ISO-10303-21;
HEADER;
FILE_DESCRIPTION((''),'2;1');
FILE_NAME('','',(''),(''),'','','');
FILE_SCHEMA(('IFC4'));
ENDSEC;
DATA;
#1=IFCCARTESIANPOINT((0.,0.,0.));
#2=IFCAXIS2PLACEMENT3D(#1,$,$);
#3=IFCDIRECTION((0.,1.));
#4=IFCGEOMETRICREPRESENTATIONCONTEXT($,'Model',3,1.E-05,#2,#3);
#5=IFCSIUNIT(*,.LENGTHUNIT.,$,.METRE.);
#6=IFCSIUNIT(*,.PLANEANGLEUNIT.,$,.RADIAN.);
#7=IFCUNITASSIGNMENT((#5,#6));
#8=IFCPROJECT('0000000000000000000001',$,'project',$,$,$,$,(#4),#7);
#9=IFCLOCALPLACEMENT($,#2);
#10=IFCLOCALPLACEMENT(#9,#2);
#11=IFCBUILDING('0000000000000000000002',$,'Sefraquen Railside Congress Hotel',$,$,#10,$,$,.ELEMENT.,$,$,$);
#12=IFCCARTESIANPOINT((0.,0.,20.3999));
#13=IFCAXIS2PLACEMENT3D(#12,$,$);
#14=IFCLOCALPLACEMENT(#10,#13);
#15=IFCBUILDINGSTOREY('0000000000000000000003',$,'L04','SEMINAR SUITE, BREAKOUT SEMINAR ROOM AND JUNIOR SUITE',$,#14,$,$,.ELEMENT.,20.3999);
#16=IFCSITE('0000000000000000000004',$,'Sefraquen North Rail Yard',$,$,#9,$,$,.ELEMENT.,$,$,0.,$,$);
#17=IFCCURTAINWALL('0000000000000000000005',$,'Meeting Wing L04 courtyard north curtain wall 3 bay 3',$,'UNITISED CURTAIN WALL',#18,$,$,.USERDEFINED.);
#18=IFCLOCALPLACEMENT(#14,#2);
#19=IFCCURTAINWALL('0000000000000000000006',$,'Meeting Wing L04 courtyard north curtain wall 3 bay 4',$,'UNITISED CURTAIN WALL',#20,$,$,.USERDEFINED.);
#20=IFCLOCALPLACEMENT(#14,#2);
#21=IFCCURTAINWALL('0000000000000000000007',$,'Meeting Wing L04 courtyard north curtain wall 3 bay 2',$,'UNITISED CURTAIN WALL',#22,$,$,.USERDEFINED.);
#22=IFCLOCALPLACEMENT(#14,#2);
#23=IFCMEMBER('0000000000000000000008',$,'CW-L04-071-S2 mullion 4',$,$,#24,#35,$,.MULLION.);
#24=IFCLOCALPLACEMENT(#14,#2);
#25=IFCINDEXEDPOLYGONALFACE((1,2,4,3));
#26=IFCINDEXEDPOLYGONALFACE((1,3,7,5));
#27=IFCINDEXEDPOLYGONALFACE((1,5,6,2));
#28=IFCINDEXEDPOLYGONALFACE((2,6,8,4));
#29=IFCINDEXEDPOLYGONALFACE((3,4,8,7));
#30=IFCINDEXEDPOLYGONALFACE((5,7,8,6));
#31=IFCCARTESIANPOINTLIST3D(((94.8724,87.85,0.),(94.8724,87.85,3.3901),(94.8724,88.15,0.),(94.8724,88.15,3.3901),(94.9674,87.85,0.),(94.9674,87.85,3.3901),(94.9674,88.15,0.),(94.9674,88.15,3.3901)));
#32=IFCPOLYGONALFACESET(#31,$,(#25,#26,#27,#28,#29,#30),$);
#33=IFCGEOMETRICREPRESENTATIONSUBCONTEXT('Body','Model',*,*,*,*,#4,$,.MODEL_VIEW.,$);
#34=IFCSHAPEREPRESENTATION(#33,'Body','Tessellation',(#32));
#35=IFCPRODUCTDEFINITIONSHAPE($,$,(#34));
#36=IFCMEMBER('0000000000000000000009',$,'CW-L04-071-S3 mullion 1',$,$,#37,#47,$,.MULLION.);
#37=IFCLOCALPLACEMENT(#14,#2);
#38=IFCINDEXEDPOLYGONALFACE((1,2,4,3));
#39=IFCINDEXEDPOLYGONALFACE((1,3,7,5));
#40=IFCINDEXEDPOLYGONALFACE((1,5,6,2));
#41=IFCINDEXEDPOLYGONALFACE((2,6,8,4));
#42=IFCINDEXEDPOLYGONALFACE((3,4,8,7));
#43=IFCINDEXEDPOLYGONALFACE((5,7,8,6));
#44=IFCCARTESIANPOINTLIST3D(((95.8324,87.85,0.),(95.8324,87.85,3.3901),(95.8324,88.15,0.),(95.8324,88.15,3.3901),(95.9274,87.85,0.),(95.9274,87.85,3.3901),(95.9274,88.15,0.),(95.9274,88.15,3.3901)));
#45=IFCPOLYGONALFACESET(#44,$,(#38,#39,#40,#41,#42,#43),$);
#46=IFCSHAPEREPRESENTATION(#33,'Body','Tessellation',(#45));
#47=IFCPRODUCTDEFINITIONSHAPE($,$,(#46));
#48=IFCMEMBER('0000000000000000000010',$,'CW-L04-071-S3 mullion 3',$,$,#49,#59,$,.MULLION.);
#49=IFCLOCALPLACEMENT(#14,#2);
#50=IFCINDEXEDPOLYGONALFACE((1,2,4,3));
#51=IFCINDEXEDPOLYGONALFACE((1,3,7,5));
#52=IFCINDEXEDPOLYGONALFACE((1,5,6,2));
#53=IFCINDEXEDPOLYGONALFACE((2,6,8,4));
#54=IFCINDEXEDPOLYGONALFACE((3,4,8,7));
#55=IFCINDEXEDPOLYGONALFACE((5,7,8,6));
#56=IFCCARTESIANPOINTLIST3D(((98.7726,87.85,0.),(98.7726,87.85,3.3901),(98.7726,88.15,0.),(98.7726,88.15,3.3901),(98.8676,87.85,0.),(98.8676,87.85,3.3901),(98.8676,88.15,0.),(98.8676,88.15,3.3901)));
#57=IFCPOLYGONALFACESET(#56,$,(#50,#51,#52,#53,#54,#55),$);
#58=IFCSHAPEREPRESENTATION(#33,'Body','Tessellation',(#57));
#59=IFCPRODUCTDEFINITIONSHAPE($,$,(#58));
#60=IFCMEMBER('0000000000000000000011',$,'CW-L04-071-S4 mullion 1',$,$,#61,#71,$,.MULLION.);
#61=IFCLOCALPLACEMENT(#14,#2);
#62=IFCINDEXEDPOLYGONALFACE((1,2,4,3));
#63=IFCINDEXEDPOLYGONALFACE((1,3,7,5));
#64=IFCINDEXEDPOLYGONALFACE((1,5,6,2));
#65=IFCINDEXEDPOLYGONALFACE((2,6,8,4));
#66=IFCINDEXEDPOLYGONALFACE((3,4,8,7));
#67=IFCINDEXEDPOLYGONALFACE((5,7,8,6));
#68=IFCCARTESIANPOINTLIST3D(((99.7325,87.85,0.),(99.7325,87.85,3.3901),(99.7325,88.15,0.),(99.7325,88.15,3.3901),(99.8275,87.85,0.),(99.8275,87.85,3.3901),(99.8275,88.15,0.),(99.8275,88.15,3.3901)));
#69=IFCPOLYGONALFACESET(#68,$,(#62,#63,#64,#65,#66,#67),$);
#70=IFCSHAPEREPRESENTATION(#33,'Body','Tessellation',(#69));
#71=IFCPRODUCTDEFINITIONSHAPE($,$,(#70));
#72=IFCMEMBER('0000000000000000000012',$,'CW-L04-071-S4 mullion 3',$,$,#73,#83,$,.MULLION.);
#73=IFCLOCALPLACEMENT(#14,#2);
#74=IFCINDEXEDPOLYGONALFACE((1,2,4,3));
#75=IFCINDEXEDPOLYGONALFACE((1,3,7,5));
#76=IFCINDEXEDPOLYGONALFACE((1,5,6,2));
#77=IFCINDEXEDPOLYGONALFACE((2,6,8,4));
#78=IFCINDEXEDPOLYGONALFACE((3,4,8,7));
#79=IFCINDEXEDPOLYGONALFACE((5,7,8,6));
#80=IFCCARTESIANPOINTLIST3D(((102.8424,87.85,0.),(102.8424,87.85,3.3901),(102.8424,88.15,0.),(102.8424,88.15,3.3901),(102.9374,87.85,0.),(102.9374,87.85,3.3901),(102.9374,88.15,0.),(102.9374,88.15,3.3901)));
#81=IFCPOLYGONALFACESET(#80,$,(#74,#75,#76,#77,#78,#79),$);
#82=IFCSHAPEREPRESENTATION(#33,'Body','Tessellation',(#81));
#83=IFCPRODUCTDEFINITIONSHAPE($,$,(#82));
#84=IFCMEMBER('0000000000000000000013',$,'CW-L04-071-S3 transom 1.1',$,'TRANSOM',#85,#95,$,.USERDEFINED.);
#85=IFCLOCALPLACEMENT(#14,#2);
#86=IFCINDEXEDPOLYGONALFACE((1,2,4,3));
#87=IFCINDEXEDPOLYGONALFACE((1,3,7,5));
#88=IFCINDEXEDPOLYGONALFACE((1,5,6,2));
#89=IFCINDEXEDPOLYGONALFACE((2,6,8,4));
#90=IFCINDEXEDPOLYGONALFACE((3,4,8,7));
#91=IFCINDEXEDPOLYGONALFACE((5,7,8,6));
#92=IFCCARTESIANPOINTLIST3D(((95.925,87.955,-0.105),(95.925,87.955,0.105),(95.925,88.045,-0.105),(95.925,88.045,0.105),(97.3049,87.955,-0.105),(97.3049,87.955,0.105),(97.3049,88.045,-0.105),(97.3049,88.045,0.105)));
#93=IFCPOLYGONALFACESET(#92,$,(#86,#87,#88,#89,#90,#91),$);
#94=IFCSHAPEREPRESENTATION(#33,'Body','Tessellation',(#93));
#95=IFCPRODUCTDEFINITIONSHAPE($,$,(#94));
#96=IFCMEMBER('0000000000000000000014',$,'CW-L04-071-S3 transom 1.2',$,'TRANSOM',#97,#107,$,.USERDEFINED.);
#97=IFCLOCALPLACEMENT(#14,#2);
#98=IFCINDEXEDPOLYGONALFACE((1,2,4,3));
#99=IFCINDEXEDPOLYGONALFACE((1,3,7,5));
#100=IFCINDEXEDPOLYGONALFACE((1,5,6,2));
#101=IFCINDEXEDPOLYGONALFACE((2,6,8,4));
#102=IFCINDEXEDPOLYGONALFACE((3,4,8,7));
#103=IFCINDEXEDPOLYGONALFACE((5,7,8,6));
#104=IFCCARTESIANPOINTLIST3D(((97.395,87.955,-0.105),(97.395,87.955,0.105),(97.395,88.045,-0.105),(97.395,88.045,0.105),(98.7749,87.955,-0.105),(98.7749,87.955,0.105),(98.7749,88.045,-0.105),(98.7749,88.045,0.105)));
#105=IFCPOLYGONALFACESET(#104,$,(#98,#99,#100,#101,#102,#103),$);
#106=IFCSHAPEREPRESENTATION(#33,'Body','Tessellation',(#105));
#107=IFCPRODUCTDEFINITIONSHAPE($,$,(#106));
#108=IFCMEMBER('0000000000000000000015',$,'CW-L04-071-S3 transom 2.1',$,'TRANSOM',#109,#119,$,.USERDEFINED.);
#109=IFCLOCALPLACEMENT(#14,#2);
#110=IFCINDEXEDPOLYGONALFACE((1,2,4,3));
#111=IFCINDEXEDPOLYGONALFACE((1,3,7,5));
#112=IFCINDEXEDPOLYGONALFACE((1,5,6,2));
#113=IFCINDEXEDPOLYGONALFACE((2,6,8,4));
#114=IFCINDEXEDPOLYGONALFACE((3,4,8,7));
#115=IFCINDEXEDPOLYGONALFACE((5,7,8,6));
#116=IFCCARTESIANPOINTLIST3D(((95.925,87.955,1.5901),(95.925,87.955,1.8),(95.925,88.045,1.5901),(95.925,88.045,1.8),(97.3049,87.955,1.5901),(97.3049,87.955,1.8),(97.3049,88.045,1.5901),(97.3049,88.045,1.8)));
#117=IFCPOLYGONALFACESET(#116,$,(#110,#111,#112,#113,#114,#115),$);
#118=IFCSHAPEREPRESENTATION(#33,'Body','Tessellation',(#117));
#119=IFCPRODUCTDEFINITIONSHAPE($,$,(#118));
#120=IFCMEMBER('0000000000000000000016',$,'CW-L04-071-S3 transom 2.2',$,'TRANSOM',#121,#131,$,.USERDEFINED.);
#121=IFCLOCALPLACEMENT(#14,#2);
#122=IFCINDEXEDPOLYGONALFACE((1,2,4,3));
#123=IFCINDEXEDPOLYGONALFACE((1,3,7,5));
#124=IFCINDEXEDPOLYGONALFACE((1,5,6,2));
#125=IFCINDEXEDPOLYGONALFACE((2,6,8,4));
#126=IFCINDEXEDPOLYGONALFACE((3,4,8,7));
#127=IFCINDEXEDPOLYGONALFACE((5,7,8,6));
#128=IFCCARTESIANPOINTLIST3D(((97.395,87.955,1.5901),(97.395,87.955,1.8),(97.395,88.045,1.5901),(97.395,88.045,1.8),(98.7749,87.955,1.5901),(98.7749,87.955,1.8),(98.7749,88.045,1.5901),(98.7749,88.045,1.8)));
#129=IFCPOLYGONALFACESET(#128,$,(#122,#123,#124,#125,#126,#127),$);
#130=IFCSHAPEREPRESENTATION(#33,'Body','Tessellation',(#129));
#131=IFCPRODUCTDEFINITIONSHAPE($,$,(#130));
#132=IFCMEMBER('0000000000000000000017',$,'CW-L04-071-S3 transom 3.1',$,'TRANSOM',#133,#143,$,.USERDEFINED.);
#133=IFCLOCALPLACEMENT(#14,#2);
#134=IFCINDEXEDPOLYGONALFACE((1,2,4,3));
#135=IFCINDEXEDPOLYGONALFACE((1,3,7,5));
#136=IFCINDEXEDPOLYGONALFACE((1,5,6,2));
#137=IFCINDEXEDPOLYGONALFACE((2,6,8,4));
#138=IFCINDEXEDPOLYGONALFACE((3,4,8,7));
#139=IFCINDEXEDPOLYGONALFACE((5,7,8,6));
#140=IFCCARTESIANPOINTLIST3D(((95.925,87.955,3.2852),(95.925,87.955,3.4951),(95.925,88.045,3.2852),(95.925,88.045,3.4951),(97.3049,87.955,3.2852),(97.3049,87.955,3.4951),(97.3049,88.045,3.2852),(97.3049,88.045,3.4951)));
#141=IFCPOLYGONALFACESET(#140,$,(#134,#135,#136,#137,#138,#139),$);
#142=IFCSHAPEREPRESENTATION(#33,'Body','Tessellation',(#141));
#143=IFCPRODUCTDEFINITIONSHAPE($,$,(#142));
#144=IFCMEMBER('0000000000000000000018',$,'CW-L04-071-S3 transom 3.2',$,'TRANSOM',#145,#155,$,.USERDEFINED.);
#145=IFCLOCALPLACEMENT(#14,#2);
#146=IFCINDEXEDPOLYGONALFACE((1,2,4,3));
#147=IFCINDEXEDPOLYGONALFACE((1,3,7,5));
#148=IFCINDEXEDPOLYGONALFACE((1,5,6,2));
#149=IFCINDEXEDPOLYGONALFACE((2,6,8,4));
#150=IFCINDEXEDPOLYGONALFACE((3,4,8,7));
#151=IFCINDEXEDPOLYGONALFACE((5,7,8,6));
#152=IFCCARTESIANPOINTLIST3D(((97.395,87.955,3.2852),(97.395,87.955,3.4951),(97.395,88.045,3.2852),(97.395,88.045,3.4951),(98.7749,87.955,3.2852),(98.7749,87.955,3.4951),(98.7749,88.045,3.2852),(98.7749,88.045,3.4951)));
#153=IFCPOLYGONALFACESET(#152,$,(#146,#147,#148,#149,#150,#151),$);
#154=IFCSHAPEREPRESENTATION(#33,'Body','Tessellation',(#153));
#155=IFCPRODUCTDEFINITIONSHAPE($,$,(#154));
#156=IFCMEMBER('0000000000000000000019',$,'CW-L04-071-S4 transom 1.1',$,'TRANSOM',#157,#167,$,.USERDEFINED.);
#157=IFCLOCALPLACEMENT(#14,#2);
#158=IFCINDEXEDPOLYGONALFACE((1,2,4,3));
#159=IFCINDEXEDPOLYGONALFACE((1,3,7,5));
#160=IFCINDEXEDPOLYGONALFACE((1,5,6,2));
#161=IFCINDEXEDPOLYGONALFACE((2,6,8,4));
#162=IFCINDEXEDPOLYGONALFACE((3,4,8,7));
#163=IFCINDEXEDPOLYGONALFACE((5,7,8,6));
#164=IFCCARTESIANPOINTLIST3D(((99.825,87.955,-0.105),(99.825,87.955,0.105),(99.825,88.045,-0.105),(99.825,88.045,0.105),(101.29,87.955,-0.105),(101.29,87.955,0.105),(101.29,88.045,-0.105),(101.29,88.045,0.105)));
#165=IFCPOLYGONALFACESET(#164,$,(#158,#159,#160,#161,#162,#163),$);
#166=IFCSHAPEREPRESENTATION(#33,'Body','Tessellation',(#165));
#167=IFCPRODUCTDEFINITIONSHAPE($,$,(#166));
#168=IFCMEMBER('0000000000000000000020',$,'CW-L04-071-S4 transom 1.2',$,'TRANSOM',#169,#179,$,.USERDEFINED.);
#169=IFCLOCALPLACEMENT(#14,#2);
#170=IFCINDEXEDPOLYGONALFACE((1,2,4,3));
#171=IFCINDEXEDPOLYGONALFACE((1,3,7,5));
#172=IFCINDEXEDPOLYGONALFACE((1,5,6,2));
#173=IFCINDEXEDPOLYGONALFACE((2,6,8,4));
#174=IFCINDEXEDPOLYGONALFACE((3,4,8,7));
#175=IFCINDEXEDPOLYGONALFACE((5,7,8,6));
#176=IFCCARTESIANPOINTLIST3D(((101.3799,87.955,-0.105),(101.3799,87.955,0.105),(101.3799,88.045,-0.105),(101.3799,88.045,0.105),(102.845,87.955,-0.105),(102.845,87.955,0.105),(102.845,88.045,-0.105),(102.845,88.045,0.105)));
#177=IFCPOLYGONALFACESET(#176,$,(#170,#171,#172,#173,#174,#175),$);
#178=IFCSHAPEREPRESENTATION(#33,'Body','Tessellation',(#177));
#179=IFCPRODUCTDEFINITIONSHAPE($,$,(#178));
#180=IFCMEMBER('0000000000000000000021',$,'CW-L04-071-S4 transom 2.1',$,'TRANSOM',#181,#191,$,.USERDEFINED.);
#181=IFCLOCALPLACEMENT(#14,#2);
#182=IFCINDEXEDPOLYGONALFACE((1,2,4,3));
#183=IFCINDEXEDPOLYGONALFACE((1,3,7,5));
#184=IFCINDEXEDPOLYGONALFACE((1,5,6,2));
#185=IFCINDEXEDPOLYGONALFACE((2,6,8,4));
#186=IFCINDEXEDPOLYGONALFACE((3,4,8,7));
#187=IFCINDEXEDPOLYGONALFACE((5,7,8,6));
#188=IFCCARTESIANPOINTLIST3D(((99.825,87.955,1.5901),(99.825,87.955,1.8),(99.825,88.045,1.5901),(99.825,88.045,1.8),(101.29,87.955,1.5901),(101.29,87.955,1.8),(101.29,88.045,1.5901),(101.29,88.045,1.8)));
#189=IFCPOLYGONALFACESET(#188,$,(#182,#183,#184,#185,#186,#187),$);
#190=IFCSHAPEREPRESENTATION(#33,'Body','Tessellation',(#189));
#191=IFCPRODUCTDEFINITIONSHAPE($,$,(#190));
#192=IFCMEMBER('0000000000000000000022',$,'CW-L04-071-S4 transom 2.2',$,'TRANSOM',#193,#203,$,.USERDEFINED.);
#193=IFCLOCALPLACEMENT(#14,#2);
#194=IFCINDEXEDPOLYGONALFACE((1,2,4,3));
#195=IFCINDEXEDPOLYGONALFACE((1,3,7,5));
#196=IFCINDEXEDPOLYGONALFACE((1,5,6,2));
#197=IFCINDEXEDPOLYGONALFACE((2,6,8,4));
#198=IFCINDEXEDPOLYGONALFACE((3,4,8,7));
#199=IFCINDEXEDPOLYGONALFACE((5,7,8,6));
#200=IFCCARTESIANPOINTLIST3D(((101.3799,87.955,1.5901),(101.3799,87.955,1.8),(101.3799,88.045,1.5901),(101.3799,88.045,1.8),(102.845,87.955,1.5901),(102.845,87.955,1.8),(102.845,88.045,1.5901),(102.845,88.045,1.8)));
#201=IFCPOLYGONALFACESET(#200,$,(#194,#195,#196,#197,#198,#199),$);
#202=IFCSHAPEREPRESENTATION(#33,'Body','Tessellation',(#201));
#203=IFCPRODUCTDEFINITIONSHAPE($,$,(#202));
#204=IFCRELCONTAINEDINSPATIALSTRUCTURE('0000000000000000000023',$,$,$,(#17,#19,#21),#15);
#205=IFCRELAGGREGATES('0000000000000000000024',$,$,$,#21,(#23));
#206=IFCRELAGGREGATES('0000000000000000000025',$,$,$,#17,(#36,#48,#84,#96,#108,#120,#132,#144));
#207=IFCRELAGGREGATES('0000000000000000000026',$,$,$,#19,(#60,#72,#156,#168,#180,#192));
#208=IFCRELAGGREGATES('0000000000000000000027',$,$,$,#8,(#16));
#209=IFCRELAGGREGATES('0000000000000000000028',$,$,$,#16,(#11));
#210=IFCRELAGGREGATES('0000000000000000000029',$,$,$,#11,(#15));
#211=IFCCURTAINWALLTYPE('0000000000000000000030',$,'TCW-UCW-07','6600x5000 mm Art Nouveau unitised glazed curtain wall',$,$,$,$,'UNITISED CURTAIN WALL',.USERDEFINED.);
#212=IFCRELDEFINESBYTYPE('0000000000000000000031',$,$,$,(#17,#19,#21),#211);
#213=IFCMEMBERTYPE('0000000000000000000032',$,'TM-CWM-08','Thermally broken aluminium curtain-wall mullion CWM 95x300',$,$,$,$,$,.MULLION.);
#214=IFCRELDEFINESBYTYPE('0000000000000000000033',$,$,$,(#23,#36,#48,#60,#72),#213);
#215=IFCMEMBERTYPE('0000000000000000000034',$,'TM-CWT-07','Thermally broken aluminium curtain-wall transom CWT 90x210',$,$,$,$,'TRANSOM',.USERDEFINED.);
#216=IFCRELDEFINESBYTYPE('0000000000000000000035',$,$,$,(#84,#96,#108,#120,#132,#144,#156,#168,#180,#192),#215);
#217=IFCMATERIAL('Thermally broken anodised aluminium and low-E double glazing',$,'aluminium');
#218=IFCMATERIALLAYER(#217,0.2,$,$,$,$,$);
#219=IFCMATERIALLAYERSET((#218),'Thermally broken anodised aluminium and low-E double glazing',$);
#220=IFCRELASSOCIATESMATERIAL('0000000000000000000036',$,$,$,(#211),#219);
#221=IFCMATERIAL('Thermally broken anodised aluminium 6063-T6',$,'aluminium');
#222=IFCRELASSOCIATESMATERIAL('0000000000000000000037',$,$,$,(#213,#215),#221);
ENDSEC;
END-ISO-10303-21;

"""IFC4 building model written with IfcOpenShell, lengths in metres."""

from ifc_helpers import new_model, si_unit, direction, frame, origin, origin_2d, place, context, subcontext, project, spatial, rectangle, extrude, material, layer, layer_set, material_profile, profile_set, type_object, element, aggregate, save


model = new_model("IFC4")

# Units and contexts
model_context = context("Model", 3, precision=1e-05, world=origin(), true_north=direction((0.0, 1.0)))
body_context = subcontext(model_context, "Body", "Model", "MODEL_VIEW")
ifc_project = project(units=[si_unit("LENGTHUNIT", "METRE"), si_unit("PLANEANGLEUNIT", "RADIAN")], contexts=[model_context])

# Site, building, storey
site_placement = place(None, origin())
site = spatial("IfcSite", under=ifc_project, at=site_placement, Name="Sefraquen North Rail Yard", CompositionType="ELEMENT", RefElevation=0.0)
building_placement = place(site_placement, origin())
building = spatial("IfcBuilding", under=site, at=building_placement, Name="Sefraquen Railside Congress Hotel", CompositionType="ELEMENT")
storey_placement = place(building_placement, frame((0.0, 0.0, 20.3999)))
storey = spatial("IfcBuildingStorey", under=building, at=storey_placement, Name="L04", Description="SEMINAR SUITE, BREAKOUT SEMINAR ROOM AND JUNIOR SUITE", CompositionType="ELEMENT", Elevation=20.3999)

# Curtain walls, member
ifc_material_1 = material(Name="Thermally broken anodised aluminium and low-E double glazing", Category="aluminium")
ifc_layer_1 = layer(ifc_material_1, 0.2)
ifc_layer_set_1 = layer_set([ifc_layer_1], Name="Thermally broken anodised aluminium and low-E double glazing")
curtain_wall_type = type_object("IfcCurtainWallType", Name="TCW-UCW-07", Description="6600x5000 mm Art Nouveau unitised glazed curtain wall", ElementType="UNITISED CURTAIN WALL", PredefinedType="USERDEFINED", material=ifc_layer_set_1)
curtain_wall_1_placement = place(storey_placement, origin())
curtain_wall_1 = element("IfcCurtainWall", 1, at=curtain_wall_1_placement, inside=storey, type_object=curtain_wall_type, Name="Meeting Wing L04 courtyard north curtain wall 3 bay 3", ObjectType="UNITISED CURTAIN WALL", PredefinedType="USERDEFINED")
ifc_material_2 = material(Name="Thermally broken anodised aluminium 6063-T6", Category="aluminium")
curtain_wall_2_placement = place(storey_placement, origin())
curtain_wall_2 = element("IfcCurtainWall", 2, at=curtain_wall_2_placement, inside=storey, type_object=curtain_wall_type, Name="Meeting Wing L04 courtyard north curtain wall 3 bay 4", ObjectType="UNITISED CURTAIN WALL", PredefinedType="USERDEFINED")
curtain_wall_3_placement = place(storey_placement, origin())
curtain_wall_3 = element("IfcCurtainWall", 3, at=curtain_wall_3_placement, inside=storey, type_object=curtain_wall_type, Name="Meeting Wing L04 courtyard north curtain wall 3 bay 2", ObjectType="UNITISED CURTAIN WALL", PredefinedType="USERDEFINED")
ifc_material_profile_1 = material_profile(ifc_material_2, rectangle(XDim=0.095, YDim=0.3, at=origin_2d()), Name="CWM 95x300")
ifc_profile_set_1 = profile_set([ifc_material_profile_1], Name="Thermally broken anodised aluminium 6063-T6")
member_type_1 = type_object("IfcMemberType", Name="TM-CWM-08", Description="Thermally broken aluminium curtain-wall mullion CWM 95x300", PredefinedType="MULLION", material=ifc_profile_set_1)
member_1_placement = place(storey_placement, frame((94.9199, 88.0, 0.0), z_axis=(0.0, 0.0, 1.0), x_axis=(1.0, 0.0, 0.0)))
member_1 = element("IfcMember", 4, at=member_1_placement, type_object=member_type_1, Name="CW-L04-071-S2 mullion 4", PredefinedType="MULLION", context=body_context, shape_type="SweptSolid", body=[
    extrude(rectangle(XDim=0.095, YDim=0.3, at=origin_2d()), origin(), (0.0, 0.0, 1.0), 3.3901),
])
aggregate(curtain_wall_3, [member_1])

# Members
member_2_placement = place(storey_placement, frame((95.8799, 88.0, 0.0), z_axis=(0.0, 0.0, 1.0), x_axis=(1.0, 0.0, 0.0)))
member_2 = element("IfcMember", 5, at=member_2_placement, type_object=member_type_1, Name="CW-L04-071-S3 mullion 1", PredefinedType="MULLION", context=body_context, shape_type="SweptSolid", body=[
    extrude(rectangle(XDim=0.095, YDim=0.3, at=origin_2d()), origin(), (0.0, 0.0, 1.0), 3.3901),
])
member_3_placement = place(storey_placement, frame((98.8201, 88.0, 0.0), z_axis=(0.0, 0.0, 1.0), x_axis=(1.0, 0.0, 0.0)))
member_3 = element("IfcMember", 6, at=member_3_placement, type_object=member_type_1, Name="CW-L04-071-S3 mullion 3", PredefinedType="MULLION", context=body_context, shape_type="SweptSolid", body=[
    extrude(rectangle(XDim=0.095, YDim=0.3, at=origin_2d()), origin(), (0.0, 0.0, 1.0), 3.3901),
])
member_4_placement = place(storey_placement, frame((99.78, 88.0, 0.0), z_axis=(0.0, 0.0, 1.0), x_axis=(1.0, 0.0, 0.0)))
member_4 = element("IfcMember", 7, at=member_4_placement, type_object=member_type_1, Name="CW-L04-071-S4 mullion 1", PredefinedType="MULLION", context=body_context, shape_type="SweptSolid", body=[
    extrude(rectangle(XDim=0.095, YDim=0.3, at=origin_2d()), origin(), (0.0, 0.0, 1.0), 3.3901),
])
member_5_placement = place(storey_placement, frame((102.8899, 88.0, 0.0), z_axis=(0.0, 0.0, 1.0), x_axis=(1.0, 0.0, 0.0)))
member_5 = element("IfcMember", 8, at=member_5_placement, type_object=member_type_1, Name="CW-L04-071-S4 mullion 3", PredefinedType="MULLION", context=body_context, shape_type="SweptSolid", body=[
    extrude(rectangle(XDim=0.095, YDim=0.3, at=origin_2d()), origin(), (0.0, 0.0, 1.0), 3.3901),
])
ifc_material_profile_2 = material_profile(ifc_material_2, rectangle(XDim=0.0901, YDim=0.21, at=origin_2d()), Name="CWT 90x210")
ifc_profile_set_2 = profile_set([ifc_material_profile_2], Name="Thermally broken anodised aluminium 6063-T6")
member_type_2 = type_object("IfcMemberType", Name="TM-CWT-07", Description="Thermally broken aluminium curtain-wall transom CWT 90x210", ElementType="TRANSOM", PredefinedType="USERDEFINED", material=ifc_profile_set_2)
member_6_placement = place(storey_placement, frame((95.925, 88.0, 0.0), z_axis=(1.0, 0.0, 0.0), x_axis=(0.0, 1.0, 0.0)))
member_6 = element("IfcMember", 9, at=member_6_placement, type_object=member_type_2, Name="CW-L04-071-S3 transom 1.1", ObjectType="TRANSOM", PredefinedType="USERDEFINED", context=body_context, shape_type="SweptSolid", body=[
    extrude(rectangle(XDim=0.0901, YDim=0.21, at=origin_2d()), origin(), (0.0, 0.0, 1.0), 1.3799),
])
member_7_placement = place(storey_placement, frame((97.395, 88.0, 0.0), z_axis=(1.0, 0.0, 0.0), x_axis=(0.0, 1.0, 0.0)))
member_7 = element("IfcMember", 10, at=member_7_placement, type_object=member_type_2, Name="CW-L04-071-S3 transom 1.2", ObjectType="TRANSOM", PredefinedType="USERDEFINED", context=body_context, shape_type="SweptSolid", body=[
    extrude(rectangle(XDim=0.0901, YDim=0.21, at=origin_2d()), origin(), (0.0, 0.0, 1.0), 1.3799),
])
member_8_placement = place(storey_placement, frame((95.925, 88.0, 1.6951), z_axis=(1.0, 0.0, 0.0), x_axis=(0.0, 1.0, 0.0)))
member_8 = element("IfcMember", 11, at=member_8_placement, type_object=member_type_2, Name="CW-L04-071-S3 transom 2.1", ObjectType="TRANSOM", PredefinedType="USERDEFINED", context=body_context, shape_type="SweptSolid", body=[
    extrude(rectangle(XDim=0.0901, YDim=0.21, at=origin_2d()), origin(), (0.0, 0.0, 1.0), 1.3799),
])
member_9_placement = place(storey_placement, frame((97.395, 88.0, 1.6951), z_axis=(1.0, 0.0, 0.0), x_axis=(0.0, 1.0, 0.0)))
member_9 = element("IfcMember", 12, at=member_9_placement, type_object=member_type_2, Name="CW-L04-071-S3 transom 2.2", ObjectType="TRANSOM", PredefinedType="USERDEFINED", context=body_context, shape_type="SweptSolid", body=[
    extrude(rectangle(XDim=0.0901, YDim=0.21, at=origin_2d()), origin(), (0.0, 0.0, 1.0), 1.3799),
])
member_10_placement = place(storey_placement, frame((95.925, 88.0, 3.3901), z_axis=(1.0, 0.0, 0.0), x_axis=(0.0, 1.0, 0.0)))
member_10 = element("IfcMember", 13, at=member_10_placement, type_object=member_type_2, Name="CW-L04-071-S3 transom 3.1", ObjectType="TRANSOM", PredefinedType="USERDEFINED", context=body_context, shape_type="SweptSolid", body=[
    extrude(rectangle(XDim=0.0901, YDim=0.21, at=origin_2d()), origin(), (0.0, 0.0, 1.0), 1.3799),
])
member_11_placement = place(storey_placement, frame((97.395, 88.0, 3.3901), z_axis=(1.0, 0.0, 0.0), x_axis=(0.0, 1.0, 0.0)))
member_11 = element("IfcMember", 14, at=member_11_placement, type_object=member_type_2, Name="CW-L04-071-S3 transom 3.2", ObjectType="TRANSOM", PredefinedType="USERDEFINED", context=body_context, shape_type="SweptSolid", body=[
    extrude(rectangle(XDim=0.0901, YDim=0.21, at=origin_2d()), origin(), (0.0, 0.0, 1.0), 1.3799),
])
member_12_placement = place(storey_placement, frame((99.825, 88.0, 0.0), z_axis=(1.0, 0.0, 0.0), x_axis=(0.0, 1.0, 0.0)))
member_12 = element("IfcMember", 15, at=member_12_placement, type_object=member_type_2, Name="CW-L04-071-S4 transom 1.1", ObjectType="TRANSOM", PredefinedType="USERDEFINED", context=body_context, shape_type="SweptSolid", body=[
    extrude(rectangle(XDim=0.0901, YDim=0.21, at=origin_2d()), origin(), (0.0, 0.0, 1.0), 1.4651),
])
member_13_placement = place(storey_placement, frame((101.3799, 88.0, 0.0), z_axis=(1.0, 0.0, 0.0), x_axis=(0.0, 1.0, 0.0)))
member_13 = element("IfcMember", 16, at=member_13_placement, type_object=member_type_2, Name="CW-L04-071-S4 transom 1.2", ObjectType="TRANSOM", PredefinedType="USERDEFINED", context=body_context, shape_type="SweptSolid", body=[
    extrude(rectangle(XDim=0.0901, YDim=0.21, at=origin_2d()), origin(), (0.0, 0.0, 1.0), 1.4651),
])
member_14_placement = place(storey_placement, frame((99.825, 88.0, 1.6951), z_axis=(1.0, 0.0, 0.0), x_axis=(0.0, 1.0, 0.0)))
member_14 = element("IfcMember", 17, at=member_14_placement, type_object=member_type_2, Name="CW-L04-071-S4 transom 2.1", ObjectType="TRANSOM", PredefinedType="USERDEFINED", context=body_context, shape_type="SweptSolid", body=[
    extrude(rectangle(XDim=0.0901, YDim=0.21, at=origin_2d()), origin(), (0.0, 0.0, 1.0), 1.4651),
])
member_15_placement = place(storey_placement, frame((101.3799, 88.0, 1.6951), z_axis=(1.0, 0.0, 0.0), x_axis=(0.0, 1.0, 0.0)))
member_15 = element("IfcMember", 18, at=member_15_placement, type_object=member_type_2, Name="CW-L04-071-S4 transom 2.2", ObjectType="TRANSOM", PredefinedType="USERDEFINED", context=body_context, shape_type="SweptSolid", body=[
    extrude(rectangle(XDim=0.0901, YDim=0.21, at=origin_2d()), origin(), (0.0, 0.0, 1.0), 1.4651),
])

aggregate(curtain_wall_1, [member_2, member_3, member_6, member_7, member_8, member_9, member_10, member_11])
aggregate(curtain_wall_2, [member_4, member_5, member_12, member_13, member_14, member_15])

save(model, "model.ifc")
